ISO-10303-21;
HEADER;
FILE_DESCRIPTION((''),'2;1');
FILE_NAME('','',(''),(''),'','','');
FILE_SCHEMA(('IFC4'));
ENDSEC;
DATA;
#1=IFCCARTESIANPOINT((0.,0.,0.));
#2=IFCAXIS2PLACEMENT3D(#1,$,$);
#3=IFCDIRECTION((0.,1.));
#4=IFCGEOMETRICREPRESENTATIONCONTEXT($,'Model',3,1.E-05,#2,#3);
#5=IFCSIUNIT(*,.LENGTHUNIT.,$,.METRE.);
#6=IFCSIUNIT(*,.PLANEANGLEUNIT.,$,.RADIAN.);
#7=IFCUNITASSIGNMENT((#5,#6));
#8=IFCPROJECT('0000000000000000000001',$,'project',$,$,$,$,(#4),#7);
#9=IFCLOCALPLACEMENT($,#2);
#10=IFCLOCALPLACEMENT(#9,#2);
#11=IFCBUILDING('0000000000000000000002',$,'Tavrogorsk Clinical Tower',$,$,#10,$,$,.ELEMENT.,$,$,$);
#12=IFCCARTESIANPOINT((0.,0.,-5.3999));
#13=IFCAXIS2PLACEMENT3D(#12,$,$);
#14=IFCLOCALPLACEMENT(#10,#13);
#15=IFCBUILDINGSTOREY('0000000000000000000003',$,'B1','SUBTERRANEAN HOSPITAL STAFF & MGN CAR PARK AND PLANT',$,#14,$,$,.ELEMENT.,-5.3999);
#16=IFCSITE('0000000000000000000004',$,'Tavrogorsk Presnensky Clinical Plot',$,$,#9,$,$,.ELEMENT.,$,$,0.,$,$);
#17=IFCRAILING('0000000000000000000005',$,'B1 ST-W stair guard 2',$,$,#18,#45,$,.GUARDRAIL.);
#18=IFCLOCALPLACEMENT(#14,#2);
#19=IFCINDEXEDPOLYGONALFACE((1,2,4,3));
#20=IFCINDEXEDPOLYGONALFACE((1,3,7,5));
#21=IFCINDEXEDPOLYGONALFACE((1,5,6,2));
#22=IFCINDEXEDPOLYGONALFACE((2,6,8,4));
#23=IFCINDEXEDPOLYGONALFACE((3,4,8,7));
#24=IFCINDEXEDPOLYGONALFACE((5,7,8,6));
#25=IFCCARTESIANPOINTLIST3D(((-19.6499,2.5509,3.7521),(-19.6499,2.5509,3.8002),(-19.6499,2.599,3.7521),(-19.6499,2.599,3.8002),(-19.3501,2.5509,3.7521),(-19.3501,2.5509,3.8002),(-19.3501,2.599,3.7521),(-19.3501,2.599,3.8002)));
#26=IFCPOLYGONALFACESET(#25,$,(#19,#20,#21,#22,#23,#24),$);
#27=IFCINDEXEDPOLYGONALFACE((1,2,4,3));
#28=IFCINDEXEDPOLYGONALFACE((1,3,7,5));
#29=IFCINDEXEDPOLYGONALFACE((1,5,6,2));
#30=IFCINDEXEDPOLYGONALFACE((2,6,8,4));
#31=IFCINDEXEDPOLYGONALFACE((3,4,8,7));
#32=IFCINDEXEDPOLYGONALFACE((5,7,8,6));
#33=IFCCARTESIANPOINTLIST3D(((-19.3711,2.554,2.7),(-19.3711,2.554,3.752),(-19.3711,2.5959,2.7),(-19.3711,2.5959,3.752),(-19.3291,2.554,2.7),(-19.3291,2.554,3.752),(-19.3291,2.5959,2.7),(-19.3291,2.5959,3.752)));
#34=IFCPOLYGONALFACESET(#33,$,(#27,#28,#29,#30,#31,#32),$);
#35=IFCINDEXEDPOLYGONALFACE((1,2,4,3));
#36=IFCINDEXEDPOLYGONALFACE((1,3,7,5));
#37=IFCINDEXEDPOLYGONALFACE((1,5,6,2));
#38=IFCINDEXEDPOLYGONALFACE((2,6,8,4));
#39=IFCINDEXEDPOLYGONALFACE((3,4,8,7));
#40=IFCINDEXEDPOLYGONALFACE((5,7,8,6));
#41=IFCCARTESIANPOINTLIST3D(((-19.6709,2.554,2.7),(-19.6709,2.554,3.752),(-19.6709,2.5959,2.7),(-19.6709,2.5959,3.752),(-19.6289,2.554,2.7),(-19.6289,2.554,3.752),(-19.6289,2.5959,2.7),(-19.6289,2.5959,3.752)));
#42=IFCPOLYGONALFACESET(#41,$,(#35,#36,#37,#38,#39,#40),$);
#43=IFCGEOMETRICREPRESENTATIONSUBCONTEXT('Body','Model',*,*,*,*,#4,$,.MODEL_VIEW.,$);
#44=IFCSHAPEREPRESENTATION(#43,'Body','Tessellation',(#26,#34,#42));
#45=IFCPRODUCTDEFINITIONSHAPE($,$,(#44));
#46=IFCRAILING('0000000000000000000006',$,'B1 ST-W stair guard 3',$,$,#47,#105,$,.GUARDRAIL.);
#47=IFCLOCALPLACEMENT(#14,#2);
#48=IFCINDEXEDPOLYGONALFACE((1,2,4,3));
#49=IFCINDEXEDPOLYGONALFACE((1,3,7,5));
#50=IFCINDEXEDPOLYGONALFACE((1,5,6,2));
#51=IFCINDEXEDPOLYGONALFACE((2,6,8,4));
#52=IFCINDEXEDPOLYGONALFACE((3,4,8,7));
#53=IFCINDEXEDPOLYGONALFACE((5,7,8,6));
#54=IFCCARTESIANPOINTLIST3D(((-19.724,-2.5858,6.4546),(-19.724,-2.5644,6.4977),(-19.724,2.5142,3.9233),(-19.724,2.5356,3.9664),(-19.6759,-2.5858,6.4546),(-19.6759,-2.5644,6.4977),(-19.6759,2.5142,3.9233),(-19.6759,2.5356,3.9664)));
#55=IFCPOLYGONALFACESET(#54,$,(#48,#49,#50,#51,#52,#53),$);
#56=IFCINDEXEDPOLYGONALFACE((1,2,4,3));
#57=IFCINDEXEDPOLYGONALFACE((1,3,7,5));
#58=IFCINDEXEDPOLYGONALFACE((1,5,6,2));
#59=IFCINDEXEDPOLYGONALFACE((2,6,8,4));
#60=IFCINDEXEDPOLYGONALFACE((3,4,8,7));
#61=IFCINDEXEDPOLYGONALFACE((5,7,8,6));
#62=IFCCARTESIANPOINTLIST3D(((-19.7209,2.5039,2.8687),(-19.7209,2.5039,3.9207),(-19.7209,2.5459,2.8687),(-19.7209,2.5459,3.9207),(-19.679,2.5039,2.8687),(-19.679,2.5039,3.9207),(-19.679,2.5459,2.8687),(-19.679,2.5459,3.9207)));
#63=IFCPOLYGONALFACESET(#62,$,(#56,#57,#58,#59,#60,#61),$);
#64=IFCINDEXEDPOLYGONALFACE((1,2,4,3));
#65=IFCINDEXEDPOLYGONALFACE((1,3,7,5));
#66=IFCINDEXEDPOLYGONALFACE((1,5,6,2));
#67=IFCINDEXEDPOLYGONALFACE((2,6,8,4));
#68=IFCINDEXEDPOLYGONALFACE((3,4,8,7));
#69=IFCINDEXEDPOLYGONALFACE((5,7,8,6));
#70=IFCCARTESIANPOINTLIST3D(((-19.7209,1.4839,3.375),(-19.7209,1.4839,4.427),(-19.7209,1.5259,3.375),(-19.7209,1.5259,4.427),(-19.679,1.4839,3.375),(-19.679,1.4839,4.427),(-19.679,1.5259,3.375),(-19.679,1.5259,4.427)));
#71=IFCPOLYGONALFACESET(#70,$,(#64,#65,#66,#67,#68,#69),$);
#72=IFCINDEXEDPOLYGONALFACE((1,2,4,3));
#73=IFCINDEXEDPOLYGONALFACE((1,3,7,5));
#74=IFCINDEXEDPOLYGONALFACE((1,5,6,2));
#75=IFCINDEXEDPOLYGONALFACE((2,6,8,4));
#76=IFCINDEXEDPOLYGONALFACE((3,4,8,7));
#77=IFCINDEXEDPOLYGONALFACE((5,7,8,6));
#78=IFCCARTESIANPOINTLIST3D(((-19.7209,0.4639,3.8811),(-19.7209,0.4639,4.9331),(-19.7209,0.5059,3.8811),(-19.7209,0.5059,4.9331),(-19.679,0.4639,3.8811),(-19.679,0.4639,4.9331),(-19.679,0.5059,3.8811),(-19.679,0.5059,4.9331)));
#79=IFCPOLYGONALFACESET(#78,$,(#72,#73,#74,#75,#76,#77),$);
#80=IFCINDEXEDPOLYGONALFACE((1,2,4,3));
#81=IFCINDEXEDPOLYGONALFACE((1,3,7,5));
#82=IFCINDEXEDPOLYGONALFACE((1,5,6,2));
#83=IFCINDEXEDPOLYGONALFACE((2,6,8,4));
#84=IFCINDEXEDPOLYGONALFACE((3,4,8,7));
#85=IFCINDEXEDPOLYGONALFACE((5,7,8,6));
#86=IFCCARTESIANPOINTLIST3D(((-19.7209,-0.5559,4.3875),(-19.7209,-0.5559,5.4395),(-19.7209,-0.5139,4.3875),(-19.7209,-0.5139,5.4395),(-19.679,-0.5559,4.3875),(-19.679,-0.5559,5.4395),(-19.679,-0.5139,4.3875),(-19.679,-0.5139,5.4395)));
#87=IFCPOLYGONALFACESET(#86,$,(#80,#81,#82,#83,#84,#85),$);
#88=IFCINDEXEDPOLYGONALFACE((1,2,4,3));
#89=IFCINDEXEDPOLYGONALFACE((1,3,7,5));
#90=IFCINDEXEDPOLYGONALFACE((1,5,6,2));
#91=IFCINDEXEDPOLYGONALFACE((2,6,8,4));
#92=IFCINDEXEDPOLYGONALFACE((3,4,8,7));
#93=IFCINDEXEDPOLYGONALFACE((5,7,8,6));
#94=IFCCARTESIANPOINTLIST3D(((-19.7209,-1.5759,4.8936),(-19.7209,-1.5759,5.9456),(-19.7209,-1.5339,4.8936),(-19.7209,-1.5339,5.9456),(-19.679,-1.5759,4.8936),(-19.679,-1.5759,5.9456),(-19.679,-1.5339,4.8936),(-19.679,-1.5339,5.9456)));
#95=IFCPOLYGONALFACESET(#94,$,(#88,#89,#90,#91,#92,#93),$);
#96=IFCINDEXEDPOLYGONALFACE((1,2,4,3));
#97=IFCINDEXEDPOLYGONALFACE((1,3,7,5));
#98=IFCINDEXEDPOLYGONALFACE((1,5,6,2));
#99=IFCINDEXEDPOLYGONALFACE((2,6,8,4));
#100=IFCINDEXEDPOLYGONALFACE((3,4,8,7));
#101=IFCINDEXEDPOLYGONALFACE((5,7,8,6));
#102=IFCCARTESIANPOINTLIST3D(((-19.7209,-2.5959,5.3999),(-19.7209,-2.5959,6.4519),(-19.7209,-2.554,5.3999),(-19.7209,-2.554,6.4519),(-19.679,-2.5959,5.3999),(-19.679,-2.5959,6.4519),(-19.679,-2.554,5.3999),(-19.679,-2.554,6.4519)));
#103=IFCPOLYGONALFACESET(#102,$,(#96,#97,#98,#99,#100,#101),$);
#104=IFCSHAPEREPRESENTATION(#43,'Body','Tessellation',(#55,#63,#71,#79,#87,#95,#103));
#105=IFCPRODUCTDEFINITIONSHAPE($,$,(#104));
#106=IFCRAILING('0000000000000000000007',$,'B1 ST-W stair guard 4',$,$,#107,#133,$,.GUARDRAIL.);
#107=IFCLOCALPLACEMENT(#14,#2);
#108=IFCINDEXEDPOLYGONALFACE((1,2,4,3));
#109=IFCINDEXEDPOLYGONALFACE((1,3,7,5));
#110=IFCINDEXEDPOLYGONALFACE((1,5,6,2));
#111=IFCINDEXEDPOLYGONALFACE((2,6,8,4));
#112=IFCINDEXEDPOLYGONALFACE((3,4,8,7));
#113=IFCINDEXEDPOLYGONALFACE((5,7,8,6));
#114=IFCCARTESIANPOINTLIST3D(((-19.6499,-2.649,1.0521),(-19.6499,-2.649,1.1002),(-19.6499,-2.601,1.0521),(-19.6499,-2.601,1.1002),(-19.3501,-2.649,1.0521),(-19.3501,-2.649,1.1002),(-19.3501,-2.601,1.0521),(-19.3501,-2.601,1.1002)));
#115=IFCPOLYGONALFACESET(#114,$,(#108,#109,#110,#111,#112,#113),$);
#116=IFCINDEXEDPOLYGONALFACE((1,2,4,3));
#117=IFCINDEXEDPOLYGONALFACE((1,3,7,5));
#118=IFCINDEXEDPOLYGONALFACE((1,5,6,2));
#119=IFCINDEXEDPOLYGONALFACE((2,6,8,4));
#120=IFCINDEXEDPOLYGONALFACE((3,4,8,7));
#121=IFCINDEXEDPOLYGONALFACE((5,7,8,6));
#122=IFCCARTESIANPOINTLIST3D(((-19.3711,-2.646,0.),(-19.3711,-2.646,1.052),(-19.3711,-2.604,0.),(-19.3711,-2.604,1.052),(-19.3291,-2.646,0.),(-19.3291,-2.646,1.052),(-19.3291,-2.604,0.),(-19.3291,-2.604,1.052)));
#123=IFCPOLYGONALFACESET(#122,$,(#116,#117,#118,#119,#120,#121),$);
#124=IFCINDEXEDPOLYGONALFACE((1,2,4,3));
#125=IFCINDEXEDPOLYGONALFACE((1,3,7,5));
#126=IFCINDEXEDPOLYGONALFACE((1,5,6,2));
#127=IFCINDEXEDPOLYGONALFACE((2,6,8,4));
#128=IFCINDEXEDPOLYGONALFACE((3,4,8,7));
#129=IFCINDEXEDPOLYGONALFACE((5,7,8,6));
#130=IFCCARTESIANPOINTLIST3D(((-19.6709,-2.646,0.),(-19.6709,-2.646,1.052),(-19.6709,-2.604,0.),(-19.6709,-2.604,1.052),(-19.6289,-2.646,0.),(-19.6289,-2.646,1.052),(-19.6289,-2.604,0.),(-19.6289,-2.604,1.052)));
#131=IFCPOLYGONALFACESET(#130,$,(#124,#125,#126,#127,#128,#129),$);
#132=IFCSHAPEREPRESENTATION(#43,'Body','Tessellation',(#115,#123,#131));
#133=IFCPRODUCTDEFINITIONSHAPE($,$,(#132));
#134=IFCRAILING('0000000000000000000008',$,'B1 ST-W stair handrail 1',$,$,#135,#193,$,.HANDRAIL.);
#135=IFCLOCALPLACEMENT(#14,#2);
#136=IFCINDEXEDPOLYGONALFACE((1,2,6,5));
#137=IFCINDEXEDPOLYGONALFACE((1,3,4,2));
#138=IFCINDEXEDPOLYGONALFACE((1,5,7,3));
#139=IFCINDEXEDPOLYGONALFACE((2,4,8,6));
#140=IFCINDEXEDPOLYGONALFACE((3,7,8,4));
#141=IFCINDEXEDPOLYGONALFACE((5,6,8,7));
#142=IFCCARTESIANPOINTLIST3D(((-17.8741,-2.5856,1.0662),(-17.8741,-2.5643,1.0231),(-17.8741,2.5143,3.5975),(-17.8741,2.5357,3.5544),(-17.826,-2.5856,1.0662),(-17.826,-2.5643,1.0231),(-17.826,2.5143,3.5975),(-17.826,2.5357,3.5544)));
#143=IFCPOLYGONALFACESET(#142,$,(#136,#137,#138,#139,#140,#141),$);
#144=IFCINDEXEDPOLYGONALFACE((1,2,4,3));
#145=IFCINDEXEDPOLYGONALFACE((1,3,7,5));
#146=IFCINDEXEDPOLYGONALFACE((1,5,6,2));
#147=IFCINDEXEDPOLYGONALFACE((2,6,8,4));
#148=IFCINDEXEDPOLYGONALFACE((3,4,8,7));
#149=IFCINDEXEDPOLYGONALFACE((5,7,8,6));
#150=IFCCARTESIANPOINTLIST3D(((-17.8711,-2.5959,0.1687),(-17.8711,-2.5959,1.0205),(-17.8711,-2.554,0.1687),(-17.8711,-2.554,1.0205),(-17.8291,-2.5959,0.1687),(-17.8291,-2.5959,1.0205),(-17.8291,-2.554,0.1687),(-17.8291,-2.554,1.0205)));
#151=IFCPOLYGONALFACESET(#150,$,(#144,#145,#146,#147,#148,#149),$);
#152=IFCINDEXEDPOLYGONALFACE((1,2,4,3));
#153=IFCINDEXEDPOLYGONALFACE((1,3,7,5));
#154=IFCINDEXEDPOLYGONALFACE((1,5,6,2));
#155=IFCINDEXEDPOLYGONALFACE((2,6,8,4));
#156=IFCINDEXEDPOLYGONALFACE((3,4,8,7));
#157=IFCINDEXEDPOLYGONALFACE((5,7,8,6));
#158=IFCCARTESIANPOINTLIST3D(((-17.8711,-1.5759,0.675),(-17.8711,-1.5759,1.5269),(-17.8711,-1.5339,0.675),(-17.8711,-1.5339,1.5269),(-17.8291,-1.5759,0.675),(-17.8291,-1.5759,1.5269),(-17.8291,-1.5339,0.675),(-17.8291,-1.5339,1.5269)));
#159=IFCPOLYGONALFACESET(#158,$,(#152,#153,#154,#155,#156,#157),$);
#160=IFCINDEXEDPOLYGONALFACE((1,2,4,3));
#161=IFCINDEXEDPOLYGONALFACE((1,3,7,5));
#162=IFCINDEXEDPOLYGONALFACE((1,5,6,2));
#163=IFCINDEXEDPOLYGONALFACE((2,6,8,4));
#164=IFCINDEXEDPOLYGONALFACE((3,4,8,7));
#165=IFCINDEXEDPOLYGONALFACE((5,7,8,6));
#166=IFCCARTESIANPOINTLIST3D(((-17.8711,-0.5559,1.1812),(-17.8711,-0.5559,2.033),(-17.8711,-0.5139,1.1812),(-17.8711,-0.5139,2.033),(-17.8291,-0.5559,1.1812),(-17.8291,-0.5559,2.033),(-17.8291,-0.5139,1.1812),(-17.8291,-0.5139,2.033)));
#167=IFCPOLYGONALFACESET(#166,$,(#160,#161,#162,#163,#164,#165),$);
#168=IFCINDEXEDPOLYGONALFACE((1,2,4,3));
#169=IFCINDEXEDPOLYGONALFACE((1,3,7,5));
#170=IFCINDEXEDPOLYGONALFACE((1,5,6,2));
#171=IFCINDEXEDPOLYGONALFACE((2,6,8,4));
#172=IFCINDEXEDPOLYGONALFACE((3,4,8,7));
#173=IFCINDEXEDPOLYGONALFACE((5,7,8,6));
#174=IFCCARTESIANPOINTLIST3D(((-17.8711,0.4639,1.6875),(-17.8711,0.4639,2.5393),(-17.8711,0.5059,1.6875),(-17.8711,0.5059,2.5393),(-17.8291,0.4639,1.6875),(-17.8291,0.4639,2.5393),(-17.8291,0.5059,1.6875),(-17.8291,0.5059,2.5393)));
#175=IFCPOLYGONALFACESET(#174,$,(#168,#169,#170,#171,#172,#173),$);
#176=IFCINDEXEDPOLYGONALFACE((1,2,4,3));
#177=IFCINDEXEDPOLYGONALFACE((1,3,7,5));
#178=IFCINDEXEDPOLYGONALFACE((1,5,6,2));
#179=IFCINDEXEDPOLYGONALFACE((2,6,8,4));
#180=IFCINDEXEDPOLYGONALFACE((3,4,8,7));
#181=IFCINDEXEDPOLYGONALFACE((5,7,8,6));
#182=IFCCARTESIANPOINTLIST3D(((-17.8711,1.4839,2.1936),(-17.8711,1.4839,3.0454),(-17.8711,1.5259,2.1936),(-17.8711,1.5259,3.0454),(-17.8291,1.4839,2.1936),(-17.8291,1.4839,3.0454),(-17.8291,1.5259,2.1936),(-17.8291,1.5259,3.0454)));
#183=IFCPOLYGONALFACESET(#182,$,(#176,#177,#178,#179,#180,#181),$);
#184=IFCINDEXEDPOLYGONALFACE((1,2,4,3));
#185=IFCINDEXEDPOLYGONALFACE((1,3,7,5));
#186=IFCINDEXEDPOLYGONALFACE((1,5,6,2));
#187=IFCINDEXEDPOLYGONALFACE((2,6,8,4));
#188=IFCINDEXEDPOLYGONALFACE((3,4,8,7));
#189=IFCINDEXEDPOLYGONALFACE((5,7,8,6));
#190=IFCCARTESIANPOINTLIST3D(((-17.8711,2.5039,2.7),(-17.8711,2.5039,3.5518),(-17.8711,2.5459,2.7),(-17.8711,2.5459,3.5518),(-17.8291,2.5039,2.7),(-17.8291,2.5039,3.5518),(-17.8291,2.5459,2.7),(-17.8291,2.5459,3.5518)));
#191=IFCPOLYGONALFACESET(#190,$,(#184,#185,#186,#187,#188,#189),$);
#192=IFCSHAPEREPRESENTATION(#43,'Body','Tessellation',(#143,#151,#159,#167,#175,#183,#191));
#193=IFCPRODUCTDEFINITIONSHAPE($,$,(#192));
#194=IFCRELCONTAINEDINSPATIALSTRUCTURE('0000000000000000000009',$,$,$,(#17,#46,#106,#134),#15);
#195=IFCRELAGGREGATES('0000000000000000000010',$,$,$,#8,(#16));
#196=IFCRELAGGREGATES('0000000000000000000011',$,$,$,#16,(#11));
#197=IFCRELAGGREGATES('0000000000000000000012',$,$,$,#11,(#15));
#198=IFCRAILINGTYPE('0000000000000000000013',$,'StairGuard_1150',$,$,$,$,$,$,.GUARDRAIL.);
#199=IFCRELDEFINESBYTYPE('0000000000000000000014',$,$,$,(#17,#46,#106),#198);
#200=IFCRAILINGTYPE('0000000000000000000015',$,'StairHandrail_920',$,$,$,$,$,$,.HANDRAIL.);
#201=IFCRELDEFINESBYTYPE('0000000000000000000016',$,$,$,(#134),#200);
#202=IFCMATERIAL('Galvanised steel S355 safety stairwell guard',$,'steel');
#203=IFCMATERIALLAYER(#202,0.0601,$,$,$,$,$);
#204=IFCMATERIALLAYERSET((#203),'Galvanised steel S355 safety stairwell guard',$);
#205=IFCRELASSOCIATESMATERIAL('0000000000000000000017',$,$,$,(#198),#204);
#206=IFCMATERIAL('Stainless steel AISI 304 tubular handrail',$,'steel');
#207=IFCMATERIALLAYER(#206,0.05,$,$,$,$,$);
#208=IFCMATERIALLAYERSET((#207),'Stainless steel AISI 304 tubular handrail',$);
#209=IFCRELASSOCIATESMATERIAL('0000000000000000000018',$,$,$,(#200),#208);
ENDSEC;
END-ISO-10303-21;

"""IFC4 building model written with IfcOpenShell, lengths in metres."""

from ifc_helpers import new_model, si_unit, direction, frame, origin, origin_2d, place, context, subcontext, project, spatial, rectangle, extrude, material, layer, layer_set, type_object, element, save


model = new_model("IFC4")

# Units and contexts
model_context = context("Model", 3, precision=1e-05, world=origin(), true_north=direction((0.0, 1.0)))
body_context = subcontext(model_context, "Body", "Model", "MODEL_VIEW")
ifc_project = project(units=[si_unit("LENGTHUNIT", "METRE"), si_unit("PLANEANGLEUNIT", "RADIAN")], contexts=[model_context])

# Site, building, storey
site_placement = place(None, origin())
site = spatial("IfcSite", under=ifc_project, at=site_placement, Name="Tavrogorsk Presnensky Clinical Plot", CompositionType="ELEMENT", RefElevation=0.0)
building_placement = place(site_placement, origin())
building = spatial("IfcBuilding", under=site, at=building_placement, Name="Tavrogorsk Clinical Tower", CompositionType="ELEMENT")
storey_placement = place(building_placement, frame((0.0, 0.0, -5.3999)))
storey = spatial("IfcBuildingStorey", under=building, at=storey_placement, Name="B1", Description="SUBTERRANEAN HOSPITAL STAFF & MGN CAR PARK AND PLANT", CompositionType="ELEMENT", Elevation=-5.3999)

# Railings
ifc_material_1 = material(Name="Galvanised steel S355 safety stairwell guard", Category="steel")
ifc_layer_1 = layer(ifc_material_1, 0.0601)
ifc_layer_set_1 = layer_set([ifc_layer_1], Name="Galvanised steel S355 safety stairwell guard")
railing_type_1 = type_object("IfcRailingType", Name="StairGuard_1150", PredefinedType="GUARDRAIL", material=ifc_layer_set_1)
railing_1_placement = place(storey_placement, frame((-19.3501, 2.575, 2.7)))
element("IfcRailing", 1, at=railing_1_placement, inside=storey, type_object=railing_type_1, Name="B1 ST-W stair guard 2", PredefinedType="GUARDRAIL", context=body_context, shape_type="SweptSolid", body=[
    extrude(rectangle(XDim=0.0481, YDim=0.0481, at=origin_2d()), frame((0.0, 0.0, 1.0762), z_axis=(-1.0, 0.0, 0.0), x_axis=(0.0, -1.0, 0.0)), (0.0, 0.0, 1.0), 0.2998),
    extrude(rectangle(XDim=0.042, YDim=0.042, at=origin_2d()), origin(), (0.0, 0.0, 1.0), 1.052),
    extrude(rectangle(XDim=0.042, YDim=0.042, at=origin_2d()), frame((-0.2998, 0.0, 0.0)), (0.0, 0.0, 1.0), 1.052),
])
railing_2_placement = place(storey_placement, frame((-19.7, 2.5249, 2.8687)))
element("IfcRailing", 2, at=railing_2_placement, inside=storey, type_object=railing_type_1, Name="B1 ST-W stair guard 3", PredefinedType="GUARDRAIL", context=body_context, shape_type="SweptSolid", body=[
    extrude(rectangle(XDim=0.0481, YDim=0.0481, at=origin_2d()), frame((0.0, 0.0, 1.0762), z_axis=(0.0, -0.895735, 0.444587), x_axis=(1.0, 0.0, 0.0)), (0.0, 0.0, 1.0), 5.6936),
    extrude(rectangle(XDim=0.042, YDim=0.042, at=origin_2d()), origin(), (0.0, 0.0, 1.0), 1.052),
    extrude(rectangle(XDim=0.042, YDim=0.042, at=origin_2d()), frame((0.0, -1.02, 0.5063)), (0.0, 0.0, 1.0), 1.052),
    extrude(rectangle(XDim=0.042, YDim=0.042, at=origin_2d()), frame((0.0, -2.04, 1.0125)), (0.0, 0.0, 1.0), 1.052),
    extrude(rectangle(XDim=0.042, YDim=0.042, at=origin_2d()), frame((0.0, -3.0598, 1.5188)), (0.0, 0.0, 1.0), 1.052),
    extrude(rectangle(XDim=0.042, YDim=0.042, at=origin_2d()), frame((0.0, -4.0798, 2.0249)), (0.0, 0.0, 1.0), 1.052),
    extrude(rectangle(XDim=0.042, YDim=0.042, at=origin_2d()), frame((0.0, -5.0999, 2.5312)), (0.0, 0.0, 1.0), 1.052),
])
railing_3_placement = place(storey_placement, frame((-19.3501, -2.625, 0.0)))
element("IfcRailing", 3, at=railing_3_placement, inside=storey, type_object=railing_type_1, Name="B1 ST-W stair guard 4", PredefinedType="GUARDRAIL", context=body_context, shape_type="SweptSolid", body=[
    extrude(rectangle(XDim=0.0481, YDim=0.0481, at=origin_2d()), frame((0.0, 0.0, 1.0762), z_axis=(-1.0, 0.0, 0.0), x_axis=(0.0, -1.0, 0.0)), (0.0, 0.0, 1.0), 0.2998),
    extrude(rectangle(XDim=0.042, YDim=0.042, at=origin_2d()), origin(), (0.0, 0.0, 1.0), 1.052),
    extrude(rectangle(XDim=0.042, YDim=0.042, at=origin_2d()), frame((-0.2998, 0.0, 0.0)), (0.0, 0.0, 1.0), 1.052),
])
ifc_material_2 = material(Name="Stainless steel AISI 304 tubular handrail", Category="steel")
ifc_layer_2 = layer(ifc_material_2, 0.05)
ifc_layer_set_2 = layer_set([ifc_layer_2], Name="Stainless steel AISI 304 tubular handrail")
railing_type_2 = type_object("IfcRailingType", Name="StairHandrail_920", PredefinedType="HANDRAIL", material=ifc_layer_set_2)
railing_4_placement = place(storey_placement, frame((-17.8501, -2.575, 0.1687)))
element("IfcRailing", 4, at=railing_4_placement, inside=storey, type_object=railing_type_2, Name="B1 ST-W stair handrail 1", PredefinedType="HANDRAIL", context=body_context, shape_type="SweptSolid", body=[
    extrude(rectangle(XDim=0.0481, YDim=0.0481, at=origin_2d()), frame((0.0, 0.0, 0.876), z_axis=(0.0, 0.895735, 0.444587), x_axis=(-1.0, 0.0, 0.0)), (0.0, 0.0, 1.0), 5.6936),
    extrude(rectangle(XDim=0.042, YDim=0.042, at=origin_2d()), origin(), (0.0, 0.0, 1.0), 0.8518),
    extrude(rectangle(XDim=0.042, YDim=0.042, at=origin_2d()), frame((0.0, 1.02, 0.5063)), (0.0, 0.0, 1.0), 0.8518),
    extrude(rectangle(XDim=0.042, YDim=0.042, at=origin_2d()), frame((0.0, 2.04, 1.0125)), (0.0, 0.0, 1.0), 0.8518),
    extrude(rectangle(XDim=0.042, YDim=0.042, at=origin_2d()), frame((0.0, 3.0598, 1.5188)), (0.0, 0.0, 1.0), 0.8518),
    extrude(rectangle(XDim=0.042, YDim=0.042, at=origin_2d()), frame((0.0, 4.0798, 2.0249)), (0.0, 0.0, 1.0), 0.8518),
    extrude(rectangle(XDim=0.042, YDim=0.042, at=origin_2d()), frame((0.0, 5.0999, 2.5312)), (0.0, 0.0, 1.0), 0.8518),
])

save(model, "model.ifc")
